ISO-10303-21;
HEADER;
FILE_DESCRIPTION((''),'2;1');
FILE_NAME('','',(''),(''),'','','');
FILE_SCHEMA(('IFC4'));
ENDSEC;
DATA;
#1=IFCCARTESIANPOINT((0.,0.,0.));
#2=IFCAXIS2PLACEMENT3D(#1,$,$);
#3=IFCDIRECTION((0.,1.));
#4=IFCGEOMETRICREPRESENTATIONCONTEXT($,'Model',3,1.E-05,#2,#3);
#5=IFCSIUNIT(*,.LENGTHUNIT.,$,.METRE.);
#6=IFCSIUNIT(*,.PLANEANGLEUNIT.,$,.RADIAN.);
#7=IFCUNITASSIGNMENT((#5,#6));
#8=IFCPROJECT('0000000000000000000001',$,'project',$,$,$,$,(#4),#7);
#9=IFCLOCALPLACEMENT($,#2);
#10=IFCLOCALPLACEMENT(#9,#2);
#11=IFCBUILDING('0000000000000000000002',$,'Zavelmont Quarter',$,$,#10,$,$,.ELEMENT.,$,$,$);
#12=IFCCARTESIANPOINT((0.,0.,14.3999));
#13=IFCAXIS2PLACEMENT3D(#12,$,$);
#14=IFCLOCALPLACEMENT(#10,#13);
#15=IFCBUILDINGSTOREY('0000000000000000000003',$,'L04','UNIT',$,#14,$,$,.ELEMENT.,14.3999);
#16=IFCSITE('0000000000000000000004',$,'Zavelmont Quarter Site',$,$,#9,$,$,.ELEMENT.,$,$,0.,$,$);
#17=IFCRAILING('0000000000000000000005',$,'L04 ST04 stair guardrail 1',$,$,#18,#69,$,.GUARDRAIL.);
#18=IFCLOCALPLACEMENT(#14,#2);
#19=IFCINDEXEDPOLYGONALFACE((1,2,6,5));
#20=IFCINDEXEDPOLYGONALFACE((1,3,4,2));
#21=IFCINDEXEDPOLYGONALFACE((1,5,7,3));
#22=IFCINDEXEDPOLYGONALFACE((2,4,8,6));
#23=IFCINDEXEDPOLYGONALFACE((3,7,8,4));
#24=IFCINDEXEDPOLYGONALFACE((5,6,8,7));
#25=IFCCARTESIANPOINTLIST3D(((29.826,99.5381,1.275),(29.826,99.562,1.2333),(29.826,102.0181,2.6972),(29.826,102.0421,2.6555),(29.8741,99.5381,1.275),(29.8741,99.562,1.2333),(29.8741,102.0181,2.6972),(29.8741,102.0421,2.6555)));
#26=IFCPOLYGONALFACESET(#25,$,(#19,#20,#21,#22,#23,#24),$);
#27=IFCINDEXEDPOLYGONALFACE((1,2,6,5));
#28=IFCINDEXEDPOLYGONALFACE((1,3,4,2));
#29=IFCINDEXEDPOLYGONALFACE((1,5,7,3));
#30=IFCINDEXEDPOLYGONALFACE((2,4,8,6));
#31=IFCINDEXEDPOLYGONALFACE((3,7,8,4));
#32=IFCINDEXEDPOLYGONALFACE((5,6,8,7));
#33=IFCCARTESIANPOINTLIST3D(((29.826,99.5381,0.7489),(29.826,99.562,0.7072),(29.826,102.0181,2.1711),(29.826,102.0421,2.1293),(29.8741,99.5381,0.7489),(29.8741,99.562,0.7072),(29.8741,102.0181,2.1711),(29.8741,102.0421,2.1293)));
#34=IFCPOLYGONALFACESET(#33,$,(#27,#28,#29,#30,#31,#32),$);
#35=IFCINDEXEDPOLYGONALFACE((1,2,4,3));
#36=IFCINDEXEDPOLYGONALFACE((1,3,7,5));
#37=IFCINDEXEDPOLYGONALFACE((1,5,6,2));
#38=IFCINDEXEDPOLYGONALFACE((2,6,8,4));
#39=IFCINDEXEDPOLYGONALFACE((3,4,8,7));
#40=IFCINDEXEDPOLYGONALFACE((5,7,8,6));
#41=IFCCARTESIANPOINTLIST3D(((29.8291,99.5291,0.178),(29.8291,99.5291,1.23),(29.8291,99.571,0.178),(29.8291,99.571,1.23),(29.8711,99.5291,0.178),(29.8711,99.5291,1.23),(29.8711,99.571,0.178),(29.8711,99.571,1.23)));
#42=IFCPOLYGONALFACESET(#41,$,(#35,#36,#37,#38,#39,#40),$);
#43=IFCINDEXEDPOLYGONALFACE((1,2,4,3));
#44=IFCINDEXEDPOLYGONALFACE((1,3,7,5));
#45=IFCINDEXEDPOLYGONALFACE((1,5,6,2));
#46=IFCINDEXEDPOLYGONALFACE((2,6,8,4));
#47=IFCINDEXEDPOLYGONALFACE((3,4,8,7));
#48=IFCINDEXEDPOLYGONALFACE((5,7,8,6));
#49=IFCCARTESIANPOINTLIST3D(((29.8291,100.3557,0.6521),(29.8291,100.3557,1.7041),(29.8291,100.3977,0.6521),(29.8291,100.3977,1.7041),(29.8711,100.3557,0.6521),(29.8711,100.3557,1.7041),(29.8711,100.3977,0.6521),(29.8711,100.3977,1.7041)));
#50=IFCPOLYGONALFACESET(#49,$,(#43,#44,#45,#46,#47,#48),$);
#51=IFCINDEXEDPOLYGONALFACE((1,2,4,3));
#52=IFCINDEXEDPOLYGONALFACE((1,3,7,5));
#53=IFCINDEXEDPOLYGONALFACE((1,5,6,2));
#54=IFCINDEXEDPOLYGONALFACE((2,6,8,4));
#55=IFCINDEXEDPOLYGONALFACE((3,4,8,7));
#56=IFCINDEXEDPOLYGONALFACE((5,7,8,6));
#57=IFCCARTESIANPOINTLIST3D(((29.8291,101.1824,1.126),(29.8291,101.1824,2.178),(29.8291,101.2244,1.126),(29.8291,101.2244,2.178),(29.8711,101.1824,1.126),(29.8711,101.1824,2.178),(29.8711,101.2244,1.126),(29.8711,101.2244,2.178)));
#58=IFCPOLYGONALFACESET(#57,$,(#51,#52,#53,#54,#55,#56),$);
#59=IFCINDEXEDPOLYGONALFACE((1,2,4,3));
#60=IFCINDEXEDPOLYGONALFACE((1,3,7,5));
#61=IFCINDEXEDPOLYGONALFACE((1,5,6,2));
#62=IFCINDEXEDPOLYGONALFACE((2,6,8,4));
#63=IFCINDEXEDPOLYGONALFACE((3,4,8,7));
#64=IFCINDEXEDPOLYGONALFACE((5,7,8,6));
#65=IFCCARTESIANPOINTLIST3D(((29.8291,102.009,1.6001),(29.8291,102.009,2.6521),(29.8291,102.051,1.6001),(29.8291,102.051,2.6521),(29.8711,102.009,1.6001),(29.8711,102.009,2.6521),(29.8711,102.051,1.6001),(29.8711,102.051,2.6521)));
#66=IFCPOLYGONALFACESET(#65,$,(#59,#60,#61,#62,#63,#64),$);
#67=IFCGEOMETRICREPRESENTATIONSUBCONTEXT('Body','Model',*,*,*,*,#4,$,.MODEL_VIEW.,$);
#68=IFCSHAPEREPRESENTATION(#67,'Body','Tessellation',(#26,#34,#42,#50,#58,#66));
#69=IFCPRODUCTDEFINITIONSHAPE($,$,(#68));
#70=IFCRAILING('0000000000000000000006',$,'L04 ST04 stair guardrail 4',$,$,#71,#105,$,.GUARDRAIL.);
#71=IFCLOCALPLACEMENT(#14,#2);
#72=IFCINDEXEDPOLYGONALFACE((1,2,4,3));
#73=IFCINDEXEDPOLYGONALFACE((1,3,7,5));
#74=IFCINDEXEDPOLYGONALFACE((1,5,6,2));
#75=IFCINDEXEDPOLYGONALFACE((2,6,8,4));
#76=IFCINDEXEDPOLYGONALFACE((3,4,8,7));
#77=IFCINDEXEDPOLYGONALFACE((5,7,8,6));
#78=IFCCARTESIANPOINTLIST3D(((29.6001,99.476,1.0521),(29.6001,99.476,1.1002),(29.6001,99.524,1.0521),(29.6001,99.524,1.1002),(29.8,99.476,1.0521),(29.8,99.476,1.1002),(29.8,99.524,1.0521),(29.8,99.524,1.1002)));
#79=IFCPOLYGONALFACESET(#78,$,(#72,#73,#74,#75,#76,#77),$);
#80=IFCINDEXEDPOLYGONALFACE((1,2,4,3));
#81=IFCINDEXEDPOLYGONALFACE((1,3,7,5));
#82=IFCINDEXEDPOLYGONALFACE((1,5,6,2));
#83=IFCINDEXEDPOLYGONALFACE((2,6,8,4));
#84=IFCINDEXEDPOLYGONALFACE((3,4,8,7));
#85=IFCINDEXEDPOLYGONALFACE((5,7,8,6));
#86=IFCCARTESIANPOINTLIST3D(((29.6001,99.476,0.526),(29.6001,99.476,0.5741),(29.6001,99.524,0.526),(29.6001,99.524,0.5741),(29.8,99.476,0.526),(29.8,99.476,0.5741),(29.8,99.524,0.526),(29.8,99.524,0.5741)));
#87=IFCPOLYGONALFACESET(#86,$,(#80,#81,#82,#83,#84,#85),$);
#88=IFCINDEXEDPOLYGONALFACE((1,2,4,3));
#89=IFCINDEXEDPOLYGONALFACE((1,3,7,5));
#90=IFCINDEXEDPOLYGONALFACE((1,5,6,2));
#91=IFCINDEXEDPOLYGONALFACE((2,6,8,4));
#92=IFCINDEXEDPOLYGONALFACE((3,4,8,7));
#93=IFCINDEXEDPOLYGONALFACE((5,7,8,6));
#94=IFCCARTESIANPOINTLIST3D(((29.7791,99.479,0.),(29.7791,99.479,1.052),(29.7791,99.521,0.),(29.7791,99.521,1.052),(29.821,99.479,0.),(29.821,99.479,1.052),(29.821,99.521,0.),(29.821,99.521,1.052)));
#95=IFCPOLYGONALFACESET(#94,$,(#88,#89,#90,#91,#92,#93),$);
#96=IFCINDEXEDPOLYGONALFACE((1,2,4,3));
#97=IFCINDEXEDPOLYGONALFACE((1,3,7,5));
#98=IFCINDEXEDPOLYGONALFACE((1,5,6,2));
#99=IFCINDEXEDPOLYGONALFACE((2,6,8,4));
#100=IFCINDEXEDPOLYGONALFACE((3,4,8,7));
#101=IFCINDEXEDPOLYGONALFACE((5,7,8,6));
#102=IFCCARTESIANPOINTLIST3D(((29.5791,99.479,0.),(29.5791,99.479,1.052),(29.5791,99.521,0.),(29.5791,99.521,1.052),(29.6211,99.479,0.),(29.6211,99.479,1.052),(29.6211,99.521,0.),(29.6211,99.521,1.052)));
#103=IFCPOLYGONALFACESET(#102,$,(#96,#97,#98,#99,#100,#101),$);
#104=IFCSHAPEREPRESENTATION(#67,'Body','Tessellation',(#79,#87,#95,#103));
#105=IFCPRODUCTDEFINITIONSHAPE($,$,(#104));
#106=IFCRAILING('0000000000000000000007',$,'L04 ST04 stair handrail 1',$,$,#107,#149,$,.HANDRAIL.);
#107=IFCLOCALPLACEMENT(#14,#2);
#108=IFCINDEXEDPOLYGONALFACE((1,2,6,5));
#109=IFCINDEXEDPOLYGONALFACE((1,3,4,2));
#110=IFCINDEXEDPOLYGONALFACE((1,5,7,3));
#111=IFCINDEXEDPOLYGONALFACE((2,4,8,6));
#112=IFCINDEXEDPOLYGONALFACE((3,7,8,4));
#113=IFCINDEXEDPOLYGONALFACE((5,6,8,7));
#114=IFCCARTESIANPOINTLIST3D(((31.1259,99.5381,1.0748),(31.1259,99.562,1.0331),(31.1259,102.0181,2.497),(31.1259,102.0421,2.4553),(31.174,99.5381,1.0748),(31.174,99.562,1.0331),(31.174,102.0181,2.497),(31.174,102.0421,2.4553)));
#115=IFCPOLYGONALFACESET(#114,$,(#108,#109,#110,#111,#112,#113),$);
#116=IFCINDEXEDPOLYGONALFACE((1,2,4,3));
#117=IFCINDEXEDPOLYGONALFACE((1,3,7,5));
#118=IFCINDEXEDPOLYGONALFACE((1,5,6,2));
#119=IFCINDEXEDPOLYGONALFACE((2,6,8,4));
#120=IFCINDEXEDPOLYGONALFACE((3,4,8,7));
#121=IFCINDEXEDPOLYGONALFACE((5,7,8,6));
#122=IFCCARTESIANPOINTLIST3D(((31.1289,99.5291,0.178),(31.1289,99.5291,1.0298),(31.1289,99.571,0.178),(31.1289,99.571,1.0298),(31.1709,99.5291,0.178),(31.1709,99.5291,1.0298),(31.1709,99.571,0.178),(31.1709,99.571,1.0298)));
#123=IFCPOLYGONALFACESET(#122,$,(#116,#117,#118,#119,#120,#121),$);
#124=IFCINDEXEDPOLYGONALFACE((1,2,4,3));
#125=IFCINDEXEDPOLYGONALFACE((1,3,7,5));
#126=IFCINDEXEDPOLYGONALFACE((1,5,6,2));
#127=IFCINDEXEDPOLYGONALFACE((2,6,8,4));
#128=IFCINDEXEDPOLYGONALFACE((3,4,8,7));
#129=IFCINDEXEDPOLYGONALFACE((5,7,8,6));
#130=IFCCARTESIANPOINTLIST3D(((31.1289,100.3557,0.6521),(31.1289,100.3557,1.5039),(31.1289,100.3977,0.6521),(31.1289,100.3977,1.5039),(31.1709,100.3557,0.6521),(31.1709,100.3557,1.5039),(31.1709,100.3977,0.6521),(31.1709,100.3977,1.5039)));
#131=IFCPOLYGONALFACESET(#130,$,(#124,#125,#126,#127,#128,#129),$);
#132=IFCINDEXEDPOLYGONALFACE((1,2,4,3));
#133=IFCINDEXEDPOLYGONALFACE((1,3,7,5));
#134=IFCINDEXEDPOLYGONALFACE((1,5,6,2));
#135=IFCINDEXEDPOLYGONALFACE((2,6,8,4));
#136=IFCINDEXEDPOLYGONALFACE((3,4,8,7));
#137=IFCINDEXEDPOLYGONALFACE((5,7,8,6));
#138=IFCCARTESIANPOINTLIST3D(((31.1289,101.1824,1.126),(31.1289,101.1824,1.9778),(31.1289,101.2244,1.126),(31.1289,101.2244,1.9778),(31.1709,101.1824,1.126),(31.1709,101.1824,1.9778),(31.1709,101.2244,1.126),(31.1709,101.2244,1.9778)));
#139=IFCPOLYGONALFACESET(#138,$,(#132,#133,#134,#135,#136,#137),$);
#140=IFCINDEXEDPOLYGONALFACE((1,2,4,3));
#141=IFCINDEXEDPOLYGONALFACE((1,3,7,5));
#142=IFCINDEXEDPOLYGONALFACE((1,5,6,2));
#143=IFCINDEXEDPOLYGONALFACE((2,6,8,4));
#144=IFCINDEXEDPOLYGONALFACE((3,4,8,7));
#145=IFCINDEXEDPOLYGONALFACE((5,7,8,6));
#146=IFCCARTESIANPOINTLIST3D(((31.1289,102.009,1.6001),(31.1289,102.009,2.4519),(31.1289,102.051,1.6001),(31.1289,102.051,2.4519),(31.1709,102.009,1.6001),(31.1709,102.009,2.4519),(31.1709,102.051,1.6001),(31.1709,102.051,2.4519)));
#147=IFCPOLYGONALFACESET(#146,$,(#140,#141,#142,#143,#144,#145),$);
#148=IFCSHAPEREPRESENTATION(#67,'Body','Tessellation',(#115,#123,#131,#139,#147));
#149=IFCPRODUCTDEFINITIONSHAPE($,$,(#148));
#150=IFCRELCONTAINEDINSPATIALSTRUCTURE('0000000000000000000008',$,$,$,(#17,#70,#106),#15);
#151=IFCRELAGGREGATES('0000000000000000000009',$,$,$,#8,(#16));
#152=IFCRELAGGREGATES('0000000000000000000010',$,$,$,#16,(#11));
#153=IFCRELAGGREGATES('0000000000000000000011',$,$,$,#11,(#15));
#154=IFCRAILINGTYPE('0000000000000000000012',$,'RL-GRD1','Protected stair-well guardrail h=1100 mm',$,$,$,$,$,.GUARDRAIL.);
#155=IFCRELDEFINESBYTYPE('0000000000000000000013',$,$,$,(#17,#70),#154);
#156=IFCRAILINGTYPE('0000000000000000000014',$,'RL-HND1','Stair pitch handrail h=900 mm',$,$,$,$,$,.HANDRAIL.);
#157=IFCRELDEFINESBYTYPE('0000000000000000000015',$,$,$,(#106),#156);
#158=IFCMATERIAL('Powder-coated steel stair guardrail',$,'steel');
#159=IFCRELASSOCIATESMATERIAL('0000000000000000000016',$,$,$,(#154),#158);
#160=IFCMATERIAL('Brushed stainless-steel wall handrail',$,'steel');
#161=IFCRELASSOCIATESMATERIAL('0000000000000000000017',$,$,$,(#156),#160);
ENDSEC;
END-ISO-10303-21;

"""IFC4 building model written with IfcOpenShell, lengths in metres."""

from ifc_helpers import new_model, si_unit, direction, frame, origin, origin_2d, place, context, subcontext, project, spatial, rectangle, extrude, material, type_object, element, save


model = new_model("IFC4")

# Units and contexts
model_context = context("Model", 3, precision=1e-05, world=origin(), true_north=direction((0.0, 1.0)))
body_context = subcontext(model_context, "Body", "Model", "MODEL_VIEW")
ifc_project = project(units=[si_unit("LENGTHUNIT", "METRE"), si_unit("PLANEANGLEUNIT", "RADIAN")], contexts=[model_context])

# Site, building, storey
site_placement = place(None, origin())
site = spatial("IfcSite", under=ifc_project, at=site_placement, Name="Zavelmont Quarter Site", CompositionType="ELEMENT", RefElevation=0.0)
building_placement = place(site_placement, origin())
building = spatial("IfcBuilding", under=site, at=building_placement, Name="Zavelmont Quarter", CompositionType="ELEMENT")
storey_placement = place(building_placement, frame((0.0, 0.0, 14.3999)))
storey = spatial("IfcBuildingStorey", under=building, at=storey_placement, Name="L04", Description="UNIT", CompositionType="ELEMENT", Elevation=14.3999)

# Railings
ifc_material_1 = material(Name="Powder-coated steel stair guardrail", Category="steel")
railing_type_1 = type_object("IfcRailingType", Name="RL-GRD1", Description="Protected stair-well guardrail h=1100 mm", PredefinedType="GUARDRAIL", material=ifc_material_1)
railing_1_placement = place(storey_placement, frame((29.8501, 99.55, 0.178)))
element("IfcRailing", 1, at=railing_1_placement, inside=storey, type_object=railing_type_1, Name="L04 ST04 stair guardrail 1", PredefinedType="GUARDRAIL", context=body_context, shape_type="SweptSolid", body=[
    extrude(rectangle(XDim=0.0481, YDim=0.0481, at=origin_2d()), frame((0.0, 0.0, 1.0762), z_axis=(0.0, 0.867491, 0.497454), x_axis=(-1.0, 0.0, 0.0)), (0.0, 0.0, 1.0), 2.8589),
    extrude(rectangle(XDim=0.0481, YDim=0.0481, at=origin_2d()), frame((0.0, 0.0, 0.55), z_axis=(0.0, 0.867491, 0.497454), x_axis=(-1.0, 0.0, 0.0)), (0.0, 0.0, 1.0), 2.8589),
    extrude(rectangle(XDim=0.042, YDim=0.042, at=origin_2d()), origin(), (0.0, 0.0, 1.0), 1.052),
    extrude(rectangle(XDim=0.042, YDim=0.042, at=origin_2d()), frame((0.0, 0.8267, 0.4741)), (0.0, 0.0, 1.0), 1.052),
    extrude(rectangle(XDim=0.042, YDim=0.042, at=origin_2d()), frame((0.0, 1.6533, 0.948)), (0.0, 0.0, 1.0), 1.052),
    extrude(rectangle(XDim=0.042, YDim=0.042, at=origin_2d()), frame((0.0, 2.48, 1.4221)), (0.0, 0.0, 1.0), 1.052),
])
railing_2_placement = place(storey_placement, frame((29.8, 99.5, 0.0)))
element("IfcRailing", 2, at=railing_2_placement, inside=storey, type_object=railing_type_1, Name="L04 ST04 stair guardrail 4", PredefinedType="GUARDRAIL", context=body_context, shape_type="SweptSolid", body=[
    extrude(rectangle(XDim=0.0481, YDim=0.0481, at=origin_2d()), frame((0.0, 0.0, 1.0762), z_axis=(-1.0, 0.0, 0.0), x_axis=(0.0, -1.0, 0.0)), (0.0, 0.0, 1.0), 0.2),
    extrude(rectangle(XDim=0.0481, YDim=0.0481, at=origin_2d()), frame((0.0, 0.0, 0.55), z_axis=(-1.0, 0.0, 0.0), x_axis=(0.0, -1.0, 0.0)), (0.0, 0.0, 1.0), 0.2),
    extrude(rectangle(XDim=0.042, YDim=0.042, at=origin_2d()), origin(), (0.0, 0.0, 1.0), 1.052),
    extrude(rectangle(XDim=0.042, YDim=0.042, at=origin_2d()), frame((-0.2, 0.0, 0.0)), (0.0, 0.0, 1.0), 1.052),
])
ifc_material_2 = material(Name="Brushed stainless-steel wall handrail", Category="steel")
railing_type_2 = type_object("IfcRailingType", Name="RL-HND1", Description="Stair pitch handrail h=900 mm", PredefinedType="HANDRAIL", material=ifc_material_2)
railing_3_placement = place(storey_placement, frame((31.1499, 99.55, 0.178)))
element("IfcRailing", 3, at=railing_3_placement, inside=storey, type_object=railing_type_2, Name="L04 ST04 stair handrail 1", PredefinedType="HANDRAIL", context=body_context, shape_type="SweptSolid", body=[
    extrude(rectangle(XDim=0.0481, YDim=0.0481, at=origin_2d()), frame((0.0, 0.0, 0.876), z_axis=(0.0, 0.867491, 0.497454), x_axis=(-1.0, 0.0, 0.0)), (0.0, 0.0, 1.0), 2.8589),
    extrude(rectangle(XDim=0.042, YDim=0.042, at=origin_2d()), origin(), (0.0, 0.0, 1.0), 0.8518),
    extrude(rectangle(XDim=0.042, YDim=0.042, at=origin_2d()), frame((0.0, 0.8267, 0.4741)), (0.0, 0.0, 1.0), 0.8518),
    extrude(rectangle(XDim=0.042, YDim=0.042, at=origin_2d()), frame((0.0, 1.6533, 0.948)), (0.0, 0.0, 1.0), 0.8518),
    extrude(rectangle(XDim=0.042, YDim=0.042, at=origin_2d()), frame((0.0, 2.48, 1.4221)), (0.0, 0.0, 1.0), 0.8518),
])

save(model, "model.ifc")
